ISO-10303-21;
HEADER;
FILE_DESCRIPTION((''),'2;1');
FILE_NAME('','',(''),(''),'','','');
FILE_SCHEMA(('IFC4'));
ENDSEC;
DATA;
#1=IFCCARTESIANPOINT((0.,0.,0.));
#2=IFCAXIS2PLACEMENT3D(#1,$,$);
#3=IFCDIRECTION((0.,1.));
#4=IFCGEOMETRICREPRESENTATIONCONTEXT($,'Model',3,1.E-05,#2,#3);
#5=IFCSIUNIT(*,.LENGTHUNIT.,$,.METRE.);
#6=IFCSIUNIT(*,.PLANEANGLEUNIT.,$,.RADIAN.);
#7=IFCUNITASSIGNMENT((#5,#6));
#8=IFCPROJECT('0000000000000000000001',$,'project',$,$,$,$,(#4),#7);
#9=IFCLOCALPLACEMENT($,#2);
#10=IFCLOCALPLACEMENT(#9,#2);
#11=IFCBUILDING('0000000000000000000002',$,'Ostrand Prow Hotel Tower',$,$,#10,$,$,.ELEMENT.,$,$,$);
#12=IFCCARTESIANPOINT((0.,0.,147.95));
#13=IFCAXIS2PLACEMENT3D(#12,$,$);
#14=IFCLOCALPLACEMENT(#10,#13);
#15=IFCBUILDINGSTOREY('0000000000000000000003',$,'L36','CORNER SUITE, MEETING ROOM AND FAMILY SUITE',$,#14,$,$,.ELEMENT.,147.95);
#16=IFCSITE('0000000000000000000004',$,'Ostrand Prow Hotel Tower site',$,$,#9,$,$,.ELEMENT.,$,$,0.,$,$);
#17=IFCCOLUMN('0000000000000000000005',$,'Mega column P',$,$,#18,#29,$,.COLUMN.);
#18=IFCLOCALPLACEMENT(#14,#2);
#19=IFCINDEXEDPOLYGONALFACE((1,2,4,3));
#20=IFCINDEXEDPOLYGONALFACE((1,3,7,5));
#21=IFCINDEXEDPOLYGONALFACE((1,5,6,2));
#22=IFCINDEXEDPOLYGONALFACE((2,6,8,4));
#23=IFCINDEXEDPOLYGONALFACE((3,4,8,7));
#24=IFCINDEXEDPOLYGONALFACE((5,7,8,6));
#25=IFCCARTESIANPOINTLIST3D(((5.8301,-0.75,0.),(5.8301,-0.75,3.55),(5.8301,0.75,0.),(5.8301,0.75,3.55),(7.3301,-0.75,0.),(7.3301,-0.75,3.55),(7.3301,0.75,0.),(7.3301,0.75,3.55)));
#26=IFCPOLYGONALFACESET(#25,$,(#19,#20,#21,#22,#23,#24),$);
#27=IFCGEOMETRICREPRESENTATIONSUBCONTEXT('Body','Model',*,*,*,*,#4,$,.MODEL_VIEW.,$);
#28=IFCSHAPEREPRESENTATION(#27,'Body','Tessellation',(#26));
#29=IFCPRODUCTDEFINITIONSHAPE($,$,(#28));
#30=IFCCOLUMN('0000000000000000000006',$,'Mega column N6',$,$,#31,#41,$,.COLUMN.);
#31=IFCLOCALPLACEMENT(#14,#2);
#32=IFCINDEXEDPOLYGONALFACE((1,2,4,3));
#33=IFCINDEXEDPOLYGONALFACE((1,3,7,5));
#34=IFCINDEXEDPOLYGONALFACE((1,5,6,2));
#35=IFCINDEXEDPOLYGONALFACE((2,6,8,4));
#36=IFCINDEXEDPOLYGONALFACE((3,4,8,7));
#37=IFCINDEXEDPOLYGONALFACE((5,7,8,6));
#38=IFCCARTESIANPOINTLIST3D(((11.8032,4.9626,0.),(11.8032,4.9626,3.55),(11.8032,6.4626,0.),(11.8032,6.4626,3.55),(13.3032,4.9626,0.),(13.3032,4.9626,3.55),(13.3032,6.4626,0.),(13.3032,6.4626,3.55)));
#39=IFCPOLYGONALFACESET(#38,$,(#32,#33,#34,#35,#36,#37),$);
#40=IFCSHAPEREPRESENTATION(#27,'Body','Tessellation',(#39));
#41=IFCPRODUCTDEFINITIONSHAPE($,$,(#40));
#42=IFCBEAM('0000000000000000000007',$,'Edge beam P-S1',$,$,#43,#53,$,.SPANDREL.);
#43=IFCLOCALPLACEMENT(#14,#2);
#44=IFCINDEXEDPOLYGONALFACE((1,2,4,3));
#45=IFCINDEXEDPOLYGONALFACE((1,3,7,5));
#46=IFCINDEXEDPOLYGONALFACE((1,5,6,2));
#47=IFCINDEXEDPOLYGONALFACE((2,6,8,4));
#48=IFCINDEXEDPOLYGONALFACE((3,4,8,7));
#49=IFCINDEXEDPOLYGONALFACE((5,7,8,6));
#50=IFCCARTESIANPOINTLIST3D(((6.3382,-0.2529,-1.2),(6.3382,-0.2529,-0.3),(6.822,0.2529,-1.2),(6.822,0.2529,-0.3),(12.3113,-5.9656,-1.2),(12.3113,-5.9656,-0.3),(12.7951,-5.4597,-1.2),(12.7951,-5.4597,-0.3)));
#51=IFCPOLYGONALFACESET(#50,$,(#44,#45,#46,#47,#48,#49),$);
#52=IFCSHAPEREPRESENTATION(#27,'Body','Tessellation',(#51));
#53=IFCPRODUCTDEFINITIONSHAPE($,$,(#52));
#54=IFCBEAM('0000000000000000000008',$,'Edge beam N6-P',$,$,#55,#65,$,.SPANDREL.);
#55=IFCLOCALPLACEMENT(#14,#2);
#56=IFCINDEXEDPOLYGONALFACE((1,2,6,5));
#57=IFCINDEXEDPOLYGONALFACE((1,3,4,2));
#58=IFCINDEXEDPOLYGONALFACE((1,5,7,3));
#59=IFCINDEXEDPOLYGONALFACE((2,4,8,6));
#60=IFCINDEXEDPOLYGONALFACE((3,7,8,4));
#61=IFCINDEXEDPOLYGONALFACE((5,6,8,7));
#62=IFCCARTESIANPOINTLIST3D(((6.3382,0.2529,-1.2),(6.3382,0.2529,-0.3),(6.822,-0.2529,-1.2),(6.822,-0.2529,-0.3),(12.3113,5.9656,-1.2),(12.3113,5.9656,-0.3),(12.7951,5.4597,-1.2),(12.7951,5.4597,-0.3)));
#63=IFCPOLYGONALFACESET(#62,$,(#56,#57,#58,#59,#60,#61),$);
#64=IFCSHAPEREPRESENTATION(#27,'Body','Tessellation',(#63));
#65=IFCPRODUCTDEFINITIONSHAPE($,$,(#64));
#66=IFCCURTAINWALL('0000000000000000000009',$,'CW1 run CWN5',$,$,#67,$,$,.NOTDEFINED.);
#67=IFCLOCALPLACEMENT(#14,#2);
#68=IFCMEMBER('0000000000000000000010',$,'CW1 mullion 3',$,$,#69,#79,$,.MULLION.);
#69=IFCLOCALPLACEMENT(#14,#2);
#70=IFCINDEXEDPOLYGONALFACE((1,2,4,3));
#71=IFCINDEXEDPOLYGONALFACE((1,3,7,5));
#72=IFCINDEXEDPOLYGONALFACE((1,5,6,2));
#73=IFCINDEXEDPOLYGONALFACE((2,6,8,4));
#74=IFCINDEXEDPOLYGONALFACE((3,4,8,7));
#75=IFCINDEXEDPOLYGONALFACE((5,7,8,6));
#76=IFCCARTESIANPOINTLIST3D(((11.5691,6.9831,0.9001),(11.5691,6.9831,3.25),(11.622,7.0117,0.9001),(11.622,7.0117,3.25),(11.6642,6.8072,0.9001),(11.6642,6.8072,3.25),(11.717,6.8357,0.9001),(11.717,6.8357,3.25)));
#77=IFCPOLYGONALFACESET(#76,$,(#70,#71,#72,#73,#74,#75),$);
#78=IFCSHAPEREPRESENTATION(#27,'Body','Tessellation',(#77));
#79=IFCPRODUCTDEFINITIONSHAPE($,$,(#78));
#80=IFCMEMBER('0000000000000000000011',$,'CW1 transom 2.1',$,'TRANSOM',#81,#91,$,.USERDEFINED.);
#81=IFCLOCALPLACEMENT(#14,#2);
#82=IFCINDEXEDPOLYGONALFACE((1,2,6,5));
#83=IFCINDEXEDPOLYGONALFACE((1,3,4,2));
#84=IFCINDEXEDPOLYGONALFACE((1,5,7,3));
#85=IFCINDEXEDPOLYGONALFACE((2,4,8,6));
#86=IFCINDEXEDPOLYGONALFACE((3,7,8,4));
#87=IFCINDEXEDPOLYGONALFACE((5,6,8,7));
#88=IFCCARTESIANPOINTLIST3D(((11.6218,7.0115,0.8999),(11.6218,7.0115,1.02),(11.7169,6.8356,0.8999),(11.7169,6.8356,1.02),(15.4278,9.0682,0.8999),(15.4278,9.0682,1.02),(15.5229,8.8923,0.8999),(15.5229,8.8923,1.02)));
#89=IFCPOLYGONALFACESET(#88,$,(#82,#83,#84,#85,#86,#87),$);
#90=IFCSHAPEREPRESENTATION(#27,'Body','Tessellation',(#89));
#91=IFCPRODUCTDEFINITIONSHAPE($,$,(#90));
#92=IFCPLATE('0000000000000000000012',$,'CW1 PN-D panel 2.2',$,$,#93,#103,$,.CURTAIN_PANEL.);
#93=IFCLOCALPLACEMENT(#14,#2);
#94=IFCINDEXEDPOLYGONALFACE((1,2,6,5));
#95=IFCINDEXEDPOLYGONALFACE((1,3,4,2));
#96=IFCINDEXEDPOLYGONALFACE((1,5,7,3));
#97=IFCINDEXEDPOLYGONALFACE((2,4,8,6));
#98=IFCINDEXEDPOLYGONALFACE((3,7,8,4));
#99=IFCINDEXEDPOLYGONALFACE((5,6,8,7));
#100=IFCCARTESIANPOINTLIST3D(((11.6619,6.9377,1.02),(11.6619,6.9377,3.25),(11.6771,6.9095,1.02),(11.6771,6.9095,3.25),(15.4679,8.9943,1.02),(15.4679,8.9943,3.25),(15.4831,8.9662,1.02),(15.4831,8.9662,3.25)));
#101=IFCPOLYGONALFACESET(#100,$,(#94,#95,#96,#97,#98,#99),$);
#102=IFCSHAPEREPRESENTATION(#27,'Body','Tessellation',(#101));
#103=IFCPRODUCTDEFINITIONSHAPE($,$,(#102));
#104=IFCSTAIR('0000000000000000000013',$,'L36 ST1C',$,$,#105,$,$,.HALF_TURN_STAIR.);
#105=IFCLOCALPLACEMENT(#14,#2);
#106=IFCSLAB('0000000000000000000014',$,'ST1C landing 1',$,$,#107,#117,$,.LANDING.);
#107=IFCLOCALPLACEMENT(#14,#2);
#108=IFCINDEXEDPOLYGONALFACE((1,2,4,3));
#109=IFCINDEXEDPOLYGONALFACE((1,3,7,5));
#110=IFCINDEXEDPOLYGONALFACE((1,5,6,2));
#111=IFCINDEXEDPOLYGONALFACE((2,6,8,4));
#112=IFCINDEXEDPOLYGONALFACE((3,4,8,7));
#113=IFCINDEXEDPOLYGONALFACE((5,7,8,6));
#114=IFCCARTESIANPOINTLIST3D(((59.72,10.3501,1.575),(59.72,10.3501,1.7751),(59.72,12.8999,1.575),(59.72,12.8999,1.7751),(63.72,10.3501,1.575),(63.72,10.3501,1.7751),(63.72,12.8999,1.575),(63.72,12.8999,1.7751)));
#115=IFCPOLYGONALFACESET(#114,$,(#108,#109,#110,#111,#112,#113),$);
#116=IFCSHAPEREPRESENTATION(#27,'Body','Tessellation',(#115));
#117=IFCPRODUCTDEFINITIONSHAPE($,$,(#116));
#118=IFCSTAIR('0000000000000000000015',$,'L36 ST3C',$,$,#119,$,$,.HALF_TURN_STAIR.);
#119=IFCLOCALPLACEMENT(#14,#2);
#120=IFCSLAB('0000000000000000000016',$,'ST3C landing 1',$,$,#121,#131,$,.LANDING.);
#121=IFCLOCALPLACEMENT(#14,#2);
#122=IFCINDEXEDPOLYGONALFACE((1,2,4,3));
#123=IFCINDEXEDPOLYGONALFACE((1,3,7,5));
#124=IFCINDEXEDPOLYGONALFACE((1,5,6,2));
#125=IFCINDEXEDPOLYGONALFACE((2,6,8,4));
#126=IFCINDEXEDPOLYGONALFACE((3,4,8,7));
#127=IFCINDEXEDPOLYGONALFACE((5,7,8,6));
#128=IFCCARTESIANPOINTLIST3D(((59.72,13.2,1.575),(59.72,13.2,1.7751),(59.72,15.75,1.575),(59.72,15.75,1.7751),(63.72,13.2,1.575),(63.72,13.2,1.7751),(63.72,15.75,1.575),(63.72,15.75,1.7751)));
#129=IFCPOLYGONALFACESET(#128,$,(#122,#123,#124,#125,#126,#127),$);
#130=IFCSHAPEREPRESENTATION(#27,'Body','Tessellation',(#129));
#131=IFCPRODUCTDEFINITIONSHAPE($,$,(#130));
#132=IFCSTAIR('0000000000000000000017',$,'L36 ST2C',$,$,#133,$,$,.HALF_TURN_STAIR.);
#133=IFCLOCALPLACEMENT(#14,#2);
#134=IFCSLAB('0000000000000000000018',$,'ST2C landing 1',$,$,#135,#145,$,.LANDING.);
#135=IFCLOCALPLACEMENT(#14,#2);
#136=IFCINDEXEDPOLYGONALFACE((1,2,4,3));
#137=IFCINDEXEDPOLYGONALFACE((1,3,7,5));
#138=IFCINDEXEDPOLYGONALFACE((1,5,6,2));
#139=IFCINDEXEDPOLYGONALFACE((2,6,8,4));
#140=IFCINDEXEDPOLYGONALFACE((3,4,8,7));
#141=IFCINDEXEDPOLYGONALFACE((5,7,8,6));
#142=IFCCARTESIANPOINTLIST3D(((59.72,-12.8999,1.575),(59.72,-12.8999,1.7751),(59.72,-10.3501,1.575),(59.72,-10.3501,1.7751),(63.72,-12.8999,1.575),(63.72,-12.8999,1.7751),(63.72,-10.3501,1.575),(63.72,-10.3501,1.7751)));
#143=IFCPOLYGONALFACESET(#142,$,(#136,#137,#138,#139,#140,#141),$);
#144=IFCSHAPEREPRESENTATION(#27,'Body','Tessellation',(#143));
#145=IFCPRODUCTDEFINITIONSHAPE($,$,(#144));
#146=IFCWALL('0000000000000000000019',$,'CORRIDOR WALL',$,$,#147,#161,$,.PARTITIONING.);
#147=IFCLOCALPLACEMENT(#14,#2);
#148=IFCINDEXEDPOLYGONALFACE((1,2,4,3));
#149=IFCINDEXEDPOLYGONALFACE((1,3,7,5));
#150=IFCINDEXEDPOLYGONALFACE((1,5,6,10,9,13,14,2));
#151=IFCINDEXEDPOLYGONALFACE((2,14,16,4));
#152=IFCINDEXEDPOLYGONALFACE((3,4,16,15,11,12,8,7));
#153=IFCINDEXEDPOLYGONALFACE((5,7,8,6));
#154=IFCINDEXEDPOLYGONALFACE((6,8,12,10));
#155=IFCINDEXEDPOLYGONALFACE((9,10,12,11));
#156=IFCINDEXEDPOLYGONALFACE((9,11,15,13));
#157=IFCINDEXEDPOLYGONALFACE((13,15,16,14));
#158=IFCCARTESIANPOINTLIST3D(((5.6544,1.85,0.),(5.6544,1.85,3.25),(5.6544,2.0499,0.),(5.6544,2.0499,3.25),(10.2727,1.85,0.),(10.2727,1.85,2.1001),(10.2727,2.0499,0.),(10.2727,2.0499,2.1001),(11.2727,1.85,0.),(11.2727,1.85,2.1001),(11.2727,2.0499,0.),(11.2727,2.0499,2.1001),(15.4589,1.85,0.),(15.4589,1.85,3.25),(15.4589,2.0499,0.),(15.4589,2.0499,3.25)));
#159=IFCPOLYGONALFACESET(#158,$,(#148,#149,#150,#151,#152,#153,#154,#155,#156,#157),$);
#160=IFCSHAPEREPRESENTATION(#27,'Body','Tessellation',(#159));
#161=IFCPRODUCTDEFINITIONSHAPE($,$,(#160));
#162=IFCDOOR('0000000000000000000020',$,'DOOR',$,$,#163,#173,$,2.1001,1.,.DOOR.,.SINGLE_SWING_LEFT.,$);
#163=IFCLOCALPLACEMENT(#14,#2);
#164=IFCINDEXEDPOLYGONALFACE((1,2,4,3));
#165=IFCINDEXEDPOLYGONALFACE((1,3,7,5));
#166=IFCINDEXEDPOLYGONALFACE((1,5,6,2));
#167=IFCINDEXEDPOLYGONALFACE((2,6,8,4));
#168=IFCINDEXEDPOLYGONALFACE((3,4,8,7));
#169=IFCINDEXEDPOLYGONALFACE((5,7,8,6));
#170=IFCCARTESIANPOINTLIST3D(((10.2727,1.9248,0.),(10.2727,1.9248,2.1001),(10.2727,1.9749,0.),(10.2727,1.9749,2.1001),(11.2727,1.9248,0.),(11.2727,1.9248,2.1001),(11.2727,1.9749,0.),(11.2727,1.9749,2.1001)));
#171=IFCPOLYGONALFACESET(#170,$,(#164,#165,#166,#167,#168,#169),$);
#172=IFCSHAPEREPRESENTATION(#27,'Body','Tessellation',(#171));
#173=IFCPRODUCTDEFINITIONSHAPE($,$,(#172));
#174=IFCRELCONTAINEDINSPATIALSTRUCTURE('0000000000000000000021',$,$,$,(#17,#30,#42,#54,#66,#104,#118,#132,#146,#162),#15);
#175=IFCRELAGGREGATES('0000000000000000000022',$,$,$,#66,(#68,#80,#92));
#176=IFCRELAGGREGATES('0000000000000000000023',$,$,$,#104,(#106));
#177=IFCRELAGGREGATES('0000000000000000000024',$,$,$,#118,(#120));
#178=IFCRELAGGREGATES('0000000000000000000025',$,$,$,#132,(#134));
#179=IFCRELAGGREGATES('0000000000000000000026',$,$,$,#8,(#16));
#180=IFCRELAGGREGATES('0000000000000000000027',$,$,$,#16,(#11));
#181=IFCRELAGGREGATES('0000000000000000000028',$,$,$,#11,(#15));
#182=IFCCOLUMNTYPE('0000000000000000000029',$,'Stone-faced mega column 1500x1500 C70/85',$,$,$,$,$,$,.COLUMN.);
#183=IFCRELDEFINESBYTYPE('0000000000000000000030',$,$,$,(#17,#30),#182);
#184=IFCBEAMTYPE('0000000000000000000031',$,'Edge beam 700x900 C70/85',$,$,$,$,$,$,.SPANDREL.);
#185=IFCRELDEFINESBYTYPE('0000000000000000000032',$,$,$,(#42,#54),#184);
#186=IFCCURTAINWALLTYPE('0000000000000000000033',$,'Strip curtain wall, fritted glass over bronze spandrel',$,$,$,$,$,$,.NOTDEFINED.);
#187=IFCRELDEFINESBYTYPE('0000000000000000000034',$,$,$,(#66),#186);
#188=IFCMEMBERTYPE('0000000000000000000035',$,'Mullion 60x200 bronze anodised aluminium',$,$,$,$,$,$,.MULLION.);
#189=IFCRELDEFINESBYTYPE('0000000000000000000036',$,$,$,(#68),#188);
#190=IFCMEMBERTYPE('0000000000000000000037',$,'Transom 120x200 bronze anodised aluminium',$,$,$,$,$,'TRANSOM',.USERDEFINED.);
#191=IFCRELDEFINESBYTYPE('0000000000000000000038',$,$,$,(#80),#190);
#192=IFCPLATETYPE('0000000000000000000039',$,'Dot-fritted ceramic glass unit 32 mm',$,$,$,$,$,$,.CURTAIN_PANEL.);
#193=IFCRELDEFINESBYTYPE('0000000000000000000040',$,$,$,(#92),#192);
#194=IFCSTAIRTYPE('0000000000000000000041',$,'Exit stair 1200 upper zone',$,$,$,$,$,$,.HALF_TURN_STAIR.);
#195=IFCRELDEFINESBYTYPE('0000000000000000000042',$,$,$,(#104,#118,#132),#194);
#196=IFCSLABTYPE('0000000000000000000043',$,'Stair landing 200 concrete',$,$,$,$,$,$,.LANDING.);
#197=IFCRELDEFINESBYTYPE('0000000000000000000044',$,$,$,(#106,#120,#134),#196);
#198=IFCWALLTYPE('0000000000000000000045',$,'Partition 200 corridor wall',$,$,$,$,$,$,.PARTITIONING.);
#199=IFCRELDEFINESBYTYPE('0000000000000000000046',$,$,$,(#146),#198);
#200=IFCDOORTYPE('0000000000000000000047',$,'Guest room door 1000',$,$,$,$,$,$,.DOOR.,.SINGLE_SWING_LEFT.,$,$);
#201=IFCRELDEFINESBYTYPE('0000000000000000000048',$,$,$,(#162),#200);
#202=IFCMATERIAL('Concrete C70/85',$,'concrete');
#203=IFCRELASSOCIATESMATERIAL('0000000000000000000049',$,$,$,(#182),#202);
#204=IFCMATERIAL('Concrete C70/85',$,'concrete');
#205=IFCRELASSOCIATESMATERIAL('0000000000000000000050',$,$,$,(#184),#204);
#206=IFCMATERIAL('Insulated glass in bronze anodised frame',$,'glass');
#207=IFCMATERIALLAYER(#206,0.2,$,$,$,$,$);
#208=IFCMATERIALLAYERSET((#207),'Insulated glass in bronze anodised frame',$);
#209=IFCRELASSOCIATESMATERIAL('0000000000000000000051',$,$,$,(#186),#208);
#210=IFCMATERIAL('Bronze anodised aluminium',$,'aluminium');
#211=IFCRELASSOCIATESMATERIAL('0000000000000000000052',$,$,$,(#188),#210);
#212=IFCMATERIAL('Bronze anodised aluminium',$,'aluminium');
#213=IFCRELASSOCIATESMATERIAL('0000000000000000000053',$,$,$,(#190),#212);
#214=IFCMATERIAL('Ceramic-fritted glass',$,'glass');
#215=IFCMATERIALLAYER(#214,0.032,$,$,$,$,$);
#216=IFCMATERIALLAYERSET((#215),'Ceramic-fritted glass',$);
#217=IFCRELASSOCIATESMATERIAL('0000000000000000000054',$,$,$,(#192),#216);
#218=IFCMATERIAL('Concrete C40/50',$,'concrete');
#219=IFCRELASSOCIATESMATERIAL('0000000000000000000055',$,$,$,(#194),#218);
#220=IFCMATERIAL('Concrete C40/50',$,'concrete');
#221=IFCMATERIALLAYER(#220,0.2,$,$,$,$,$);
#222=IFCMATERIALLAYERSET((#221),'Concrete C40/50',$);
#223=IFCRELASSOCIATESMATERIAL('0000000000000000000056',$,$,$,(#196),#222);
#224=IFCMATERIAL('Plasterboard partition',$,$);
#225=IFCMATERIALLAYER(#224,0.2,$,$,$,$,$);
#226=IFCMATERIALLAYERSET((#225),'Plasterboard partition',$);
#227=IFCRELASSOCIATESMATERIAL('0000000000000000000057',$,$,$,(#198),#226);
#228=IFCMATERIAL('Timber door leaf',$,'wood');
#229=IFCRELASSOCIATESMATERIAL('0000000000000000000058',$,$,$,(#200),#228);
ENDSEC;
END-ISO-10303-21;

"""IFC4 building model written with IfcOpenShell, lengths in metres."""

from ifc_helpers import new_model, si_unit, direction, frame, frame_2d, origin, origin_2d, place, context, subcontext, project, spatial, polyline, rectangle, outline, extrude, material, layer, layer_set, material_profile, profile_set, type_object, element, fill, aggregate, save


model = new_model("IFC4")

# Units and contexts
model_context = context("Model", 3, precision=1e-05, world=origin(), true_north=direction((0.0, 1.0)))
body_context = subcontext(model_context, "Body", "Model", "MODEL_VIEW")
ifc_project = project(units=[si_unit("LENGTHUNIT", "METRE"), si_unit("PLANEANGLEUNIT", "RADIAN")], contexts=[model_context])

# Site, building, storey
site_placement = place(None, origin())
site = spatial("IfcSite", under=ifc_project, at=site_placement, Name="Ostrand Prow Hotel Tower site", CompositionType="ELEMENT", RefElevation=0.0)
building_placement = place(site_placement, origin())
building = spatial("IfcBuilding", under=site, at=building_placement, Name="Ostrand Prow Hotel Tower", CompositionType="ELEMENT")
storey_placement = place(building_placement, frame((0.0, 0.0, 147.95)))
storey = spatial("IfcBuildingStorey", under=building, at=storey_placement, Name="L36", Description="CORNER SUITE, MEETING ROOM AND FAMILY SUITE", CompositionType="ELEMENT", Elevation=147.95)

# Columns
ifc_material_1 = material(Name="Concrete C70/85", Category="concrete")
ifc_material_profile_1 = material_profile(ifc_material_1, rectangle(XDim=1.5, YDim=1.5, at=origin_2d()), Name="RC 1500x1500")
ifc_profile_set_1 = profile_set([ifc_material_profile_1], Name="Concrete C70/85")
column_type = type_object("IfcColumnType", Name="Stone-faced mega column 1500x1500 C70/85", PredefinedType="COLUMN", material=ifc_profile_set_1)
for number, where, z_axis, x_axis, name in (
    (1, (6.5801, 0.0, 0.0), (0.0, 0.0, 1.0), (1.0, 0.0, 0.0), "Mega column P"),
    (2, (12.5532, 5.7126, 0.0), (0.0, 0.0, 1.0), (1.0, 0.0, 0.0), "Mega column N6"),
):
    element("IfcColumn", number, at=place(storey_placement, frame(where, z_axis=z_axis, x_axis=x_axis)), inside=storey, type_object=column_type, Name=name, PredefinedType="COLUMN", context=body_context, shape_type="SweptSolid", body=[
        extrude(rectangle(XDim=1.5, YDim=1.5, at=origin_2d()), origin(), (0.0, 0.0, 1.0), 3.55),
    ])

# Beams
ifc_material_2 = material(Name="Concrete C70/85", Category="concrete")
ifc_material_profile_2 = material_profile(ifc_material_2, rectangle(XDim=0.7, YDim=0.8999, at=origin_2d()), Name="RC 700x900")
ifc_profile_set_2 = profile_set([ifc_material_profile_2], Name="Concrete C70/85")
beam_type = type_object("IfcBeamType", Name="Edge beam 700x900 C70/85", PredefinedType="SPANDREL", material=ifc_profile_set_2)
for number, where, z_axis, x_axis, name in (
    (3, (6.5801, 0.0, -0.75), (0.72269, -0.691172, 0.0), (0.691172, 0.72269, 0.0), "Edge beam P-S1"),
    (4, (12.5532, 5.7126, -0.75), (-0.72269, -0.691172, 0.0), (0.691172, -0.72269, 0.0), "Edge beam N6-P"),
):
    element("IfcBeam", number, at=place(storey_placement, frame(where, z_axis=z_axis, x_axis=x_axis)), inside=storey, type_object=beam_type, Name=name, PredefinedType="SPANDREL", context=body_context, shape_type="SweptSolid", body=[
        extrude(rectangle(XDim=0.7, YDim=0.8999, at=origin_2d()), origin(), (0.0, 0.0, 1.0), 8.2651),
    ])

# Curtain wall, members, plate
ifc_material_3 = material(Name="Insulated glass in bronze anodised frame", Category="glass")
ifc_layer_1 = layer(ifc_material_3, 0.2)
ifc_layer_set_1 = layer_set([ifc_layer_1], Name="Insulated glass in bronze anodised frame")
curtain_wall_type = type_object("IfcCurtainWallType", Name="Strip curtain wall, fritted glass over bronze spandrel", PredefinedType="NOTDEFINED", material=ifc_layer_set_1)
curtain_wall_placement = place(storey_placement, origin())
curtain_wall = element("IfcCurtainWall", 5, at=curtain_wall_placement, inside=storey, type_object=curtain_wall_type, Name="CW1 run CWN5", PredefinedType="NOTDEFINED")
ifc_material_4 = material(Name="Bronze anodised aluminium", Category="aluminium")
ifc_material_profile_3 = material_profile(ifc_material_4, rectangle(XDim=0.2, YDim=0.0601, at=origin_2d()), Name="Mullion 60x200 bronze anodised aluminium")
ifc_profile_set_3 = profile_set([ifc_material_profile_3], Name="Bronze anodised aluminium")
member_type_1 = type_object("IfcMemberType", Name="Mullion 60x200 bronze anodised aluminium", PredefinedType="MULLION", material=ifc_profile_set_3)
member_1_placement = place(storey_placement, frame((11.6431, 6.9094, 0.9001), z_axis=(0.0, 0.0, 1.0), x_axis=(0.475394, -0.879773, 0.0)))
member_1 = element("IfcMember", 6, at=member_1_placement, type_object=member_type_1, Name="CW1 mullion 3", PredefinedType="MULLION", context=body_context, shape_type="SweptSolid", body=[
    extrude(rectangle(XDim=0.2, YDim=0.0601, at=origin_2d()), origin(), (0.0, 0.0, 1.0), 2.3499),
])
ifc_material_5 = material(Name="Bronze anodised aluminium", Category="aluminium")
ifc_material_profile_4 = material_profile(ifc_material_5, rectangle(XDim=0.2, YDim=0.1201, at=origin_2d()), Name="Transom 120x200 bronze anodised aluminium")
ifc_profile_set_4 = profile_set([ifc_material_profile_4], Name="Bronze anodised aluminium")
member_type_2 = type_object("IfcMemberType", Name="Transom 120x200 bronze anodised aluminium", ElementType="TRANSOM", PredefinedType="USERDEFINED", material=ifc_profile_set_4)
member_2_placement = place(storey_placement, frame((15.4753, 8.9802, 0.96), z_axis=(-0.879765, -0.475408, 0.0), x_axis=(0.475408, -0.879765, 0.0)))
member_2 = element("IfcMember", 7, at=member_2_placement, type_object=member_type_2, Name="CW1 transom 2.1", ObjectType="TRANSOM", PredefinedType="USERDEFINED", context=body_context, shape_type="SweptSolid", body=[
    extrude(rectangle(XDim=0.2, YDim=0.1201, at=origin_2d()), origin(), (0.0, 0.0, 1.0), 4.3262),
])
ifc_material_6 = material(Name="Ceramic-fritted glass", Category="glass")
ifc_layer_2 = layer(ifc_material_6, 0.032)
ifc_layer_set_2 = layer_set([ifc_layer_2], Name="Ceramic-fritted glass")
plate_type = type_object("IfcPlateType", Name="Dot-fritted ceramic glass unit 32 mm", PredefinedType="CURTAIN_PANEL", material=ifc_layer_set_2)
plate_placement = place(storey_placement, frame((13.5725, 7.9519, 1.02), z_axis=(0.0, 0.0, 1.0), x_axis=(-0.879773, -0.475394, 0.0)))
plate = element("IfcPlate", 8, at=plate_placement, type_object=plate_type, Name="CW1 PN-D panel 2.2", PredefinedType="CURTAIN_PANEL", context=body_context, shape_type="SweptSolid", body=[
    extrude(rectangle(XDim=4.3262, YDim=0.032, at=origin_2d()), origin(), (0.0, 0.0, 1.0), 2.23),
])
aggregate(curtain_wall, [member_1, member_2, plate])

# Stairs, slabs
ifc_material_7 = material(Name="Concrete C40/50", Category="concrete")
stair_type = type_object("IfcStairType", Name="Exit stair 1200 upper zone", PredefinedType="HALF_TURN_STAIR", material=ifc_material_7)
stair_1_placement = place(storey_placement, origin())
stair_1 = element("IfcStair", 9, at=stair_1_placement, inside=storey, type_object=stair_type, Name="L36 ST1C", PredefinedType="HALF_TURN_STAIR")
ifc_material_8 = material(Name="Concrete C40/50", Category="concrete")
ifc_layer_3 = layer(ifc_material_8, 0.2)
ifc_layer_set_3 = layer_set([ifc_layer_3], Name="Concrete C40/50")
slab_type = type_object("IfcSlabType", Name="Stair landing 200 concrete", PredefinedType="LANDING", material=ifc_layer_set_3)
slab_1_placement = place(storey_placement, frame((0.0, 0.0, 1.575)))
slab_1 = element("IfcSlab", 10, at=slab_1_placement, type_object=slab_type, Name="ST1C landing 1", PredefinedType="LANDING", context=body_context, shape_type="SweptSolid", body=[
    extrude(outline(polyline([(59.72, 10.3501), (63.72, 10.3501), (63.72, 12.8999), (59.72, 12.8999), (59.72, 10.3501)])), origin(), (0.0, 0.0, 1.0), 0.2002),
])
aggregate(stair_1, [slab_1])
stair_2_placement = place(storey_placement, origin())
stair_2 = element("IfcStair", 11, at=stair_2_placement, inside=storey, type_object=stair_type, Name="L36 ST3C", PredefinedType="HALF_TURN_STAIR")
slab_2_placement = place(storey_placement, frame((0.0, 0.0, 1.575)))
slab_2 = element("IfcSlab", 12, at=slab_2_placement, type_object=slab_type, Name="ST3C landing 1", PredefinedType="LANDING", context=body_context, shape_type="SweptSolid", body=[
    extrude(outline(polyline([(59.72, 13.2), (63.72, 13.2), (63.72, 15.75), (59.72, 15.75), (59.72, 13.2)])), origin(), (0.0, 0.0, 1.0), 0.2002),
])
aggregate(stair_2, [slab_2])
stair_3_placement = place(storey_placement, origin())
stair_3 = element("IfcStair", 13, at=stair_3_placement, inside=storey, type_object=stair_type, Name="L36 ST2C", PredefinedType="HALF_TURN_STAIR")
slab_3_placement = place(storey_placement, frame((0.0, 0.0, 1.575)))
slab_3 = element("IfcSlab", 14, at=slab_3_placement, type_object=slab_type, Name="ST2C landing 1", PredefinedType="LANDING", context=body_context, shape_type="SweptSolid", body=[
    extrude(outline(polyline([(59.72, -12.8999), (63.72, -12.8999), (63.72, -10.3501), (59.72, -10.3501), (59.72, -12.8999)])), origin(), (0.0, 0.0, 1.0), 0.2002),
])
aggregate(stair_3, [slab_3])

# Wall, opening, door
ifc_material_9 = material(Name="Plasterboard partition")
ifc_layer_4 = layer(ifc_material_9, 0.2)
ifc_layer_set_4 = layer_set([ifc_layer_4], Name="Plasterboard partition")
wall_type_1 = type_object("IfcWallType", Name="Partition 200 corridor wall", PredefinedType="PARTITIONING", material=ifc_layer_set_4)
wall_1_placement = place(storey_placement, frame((5.6543, 1.95, 0.0), z_axis=(0.0, 0.0, 1.0), x_axis=(1.0, 0.0, 0.0)))
wall_1 = element("IfcWall", 15, at=wall_1_placement, inside=storey, type_object=wall_type_1, Name="CORRIDOR WALL", PredefinedType="PARTITIONING", context=body_context, shape_type="SweptSolid", body=[
    extrude(rectangle(XDim=9.8044, YDim=0.2, at=frame_2d((4.9023, 0.0))), origin(), (0.0, 0.0, 1.0), 3.25),
])
opening_1_placement = place(wall_1_placement, frame((4.6184, 0.0, 0.0)))
opening_1 = element("IfcOpeningElement", 16, at=opening_1_placement, cuts=wall_1, PredefinedType="OPENING", context=body_context, shape_type="SweptSolid", body=[
    extrude(rectangle(XDim=1.0, YDim=2.1001, at=frame_2d((0.5, 1.05))), frame((0.0, 0.1099, 0.0), z_axis=(0.0, -1.0, 0.0), x_axis=(1.0, 0.0, 0.0)), (0.0, 0.0, 1.0), 0.22),
])
ifc_material_10 = material(Name="Timber door leaf", Category="wood")
door_type = type_object("IfcDoorType", Name="Guest room door 1000", OperationType="SINGLE_SWING_LEFT", PredefinedType="DOOR", material=ifc_material_10)
door_placement = place(opening_1_placement, origin())
door = element("IfcDoor", 17, at=door_placement, inside=storey, type_object=door_type, Name="DOOR", OperationType="SINGLE_SWING_LEFT", OverallHeight=2.1001, OverallWidth=1.0, PredefinedType="DOOR", context=body_context, shape_type="SweptSolid", body=[
    extrude(rectangle(XDim=1.0, YDim=2.1001, at=frame_2d((0.5, 1.05))), frame((0.0, 0.0249, 0.0), z_axis=(0.0, -1.0, 0.0), x_axis=(1.0, 0.0, 0.0)), (0.0, 0.0, 1.0), 0.05),
])
fill(opening_1, door)

save(model, "model.ifc")
